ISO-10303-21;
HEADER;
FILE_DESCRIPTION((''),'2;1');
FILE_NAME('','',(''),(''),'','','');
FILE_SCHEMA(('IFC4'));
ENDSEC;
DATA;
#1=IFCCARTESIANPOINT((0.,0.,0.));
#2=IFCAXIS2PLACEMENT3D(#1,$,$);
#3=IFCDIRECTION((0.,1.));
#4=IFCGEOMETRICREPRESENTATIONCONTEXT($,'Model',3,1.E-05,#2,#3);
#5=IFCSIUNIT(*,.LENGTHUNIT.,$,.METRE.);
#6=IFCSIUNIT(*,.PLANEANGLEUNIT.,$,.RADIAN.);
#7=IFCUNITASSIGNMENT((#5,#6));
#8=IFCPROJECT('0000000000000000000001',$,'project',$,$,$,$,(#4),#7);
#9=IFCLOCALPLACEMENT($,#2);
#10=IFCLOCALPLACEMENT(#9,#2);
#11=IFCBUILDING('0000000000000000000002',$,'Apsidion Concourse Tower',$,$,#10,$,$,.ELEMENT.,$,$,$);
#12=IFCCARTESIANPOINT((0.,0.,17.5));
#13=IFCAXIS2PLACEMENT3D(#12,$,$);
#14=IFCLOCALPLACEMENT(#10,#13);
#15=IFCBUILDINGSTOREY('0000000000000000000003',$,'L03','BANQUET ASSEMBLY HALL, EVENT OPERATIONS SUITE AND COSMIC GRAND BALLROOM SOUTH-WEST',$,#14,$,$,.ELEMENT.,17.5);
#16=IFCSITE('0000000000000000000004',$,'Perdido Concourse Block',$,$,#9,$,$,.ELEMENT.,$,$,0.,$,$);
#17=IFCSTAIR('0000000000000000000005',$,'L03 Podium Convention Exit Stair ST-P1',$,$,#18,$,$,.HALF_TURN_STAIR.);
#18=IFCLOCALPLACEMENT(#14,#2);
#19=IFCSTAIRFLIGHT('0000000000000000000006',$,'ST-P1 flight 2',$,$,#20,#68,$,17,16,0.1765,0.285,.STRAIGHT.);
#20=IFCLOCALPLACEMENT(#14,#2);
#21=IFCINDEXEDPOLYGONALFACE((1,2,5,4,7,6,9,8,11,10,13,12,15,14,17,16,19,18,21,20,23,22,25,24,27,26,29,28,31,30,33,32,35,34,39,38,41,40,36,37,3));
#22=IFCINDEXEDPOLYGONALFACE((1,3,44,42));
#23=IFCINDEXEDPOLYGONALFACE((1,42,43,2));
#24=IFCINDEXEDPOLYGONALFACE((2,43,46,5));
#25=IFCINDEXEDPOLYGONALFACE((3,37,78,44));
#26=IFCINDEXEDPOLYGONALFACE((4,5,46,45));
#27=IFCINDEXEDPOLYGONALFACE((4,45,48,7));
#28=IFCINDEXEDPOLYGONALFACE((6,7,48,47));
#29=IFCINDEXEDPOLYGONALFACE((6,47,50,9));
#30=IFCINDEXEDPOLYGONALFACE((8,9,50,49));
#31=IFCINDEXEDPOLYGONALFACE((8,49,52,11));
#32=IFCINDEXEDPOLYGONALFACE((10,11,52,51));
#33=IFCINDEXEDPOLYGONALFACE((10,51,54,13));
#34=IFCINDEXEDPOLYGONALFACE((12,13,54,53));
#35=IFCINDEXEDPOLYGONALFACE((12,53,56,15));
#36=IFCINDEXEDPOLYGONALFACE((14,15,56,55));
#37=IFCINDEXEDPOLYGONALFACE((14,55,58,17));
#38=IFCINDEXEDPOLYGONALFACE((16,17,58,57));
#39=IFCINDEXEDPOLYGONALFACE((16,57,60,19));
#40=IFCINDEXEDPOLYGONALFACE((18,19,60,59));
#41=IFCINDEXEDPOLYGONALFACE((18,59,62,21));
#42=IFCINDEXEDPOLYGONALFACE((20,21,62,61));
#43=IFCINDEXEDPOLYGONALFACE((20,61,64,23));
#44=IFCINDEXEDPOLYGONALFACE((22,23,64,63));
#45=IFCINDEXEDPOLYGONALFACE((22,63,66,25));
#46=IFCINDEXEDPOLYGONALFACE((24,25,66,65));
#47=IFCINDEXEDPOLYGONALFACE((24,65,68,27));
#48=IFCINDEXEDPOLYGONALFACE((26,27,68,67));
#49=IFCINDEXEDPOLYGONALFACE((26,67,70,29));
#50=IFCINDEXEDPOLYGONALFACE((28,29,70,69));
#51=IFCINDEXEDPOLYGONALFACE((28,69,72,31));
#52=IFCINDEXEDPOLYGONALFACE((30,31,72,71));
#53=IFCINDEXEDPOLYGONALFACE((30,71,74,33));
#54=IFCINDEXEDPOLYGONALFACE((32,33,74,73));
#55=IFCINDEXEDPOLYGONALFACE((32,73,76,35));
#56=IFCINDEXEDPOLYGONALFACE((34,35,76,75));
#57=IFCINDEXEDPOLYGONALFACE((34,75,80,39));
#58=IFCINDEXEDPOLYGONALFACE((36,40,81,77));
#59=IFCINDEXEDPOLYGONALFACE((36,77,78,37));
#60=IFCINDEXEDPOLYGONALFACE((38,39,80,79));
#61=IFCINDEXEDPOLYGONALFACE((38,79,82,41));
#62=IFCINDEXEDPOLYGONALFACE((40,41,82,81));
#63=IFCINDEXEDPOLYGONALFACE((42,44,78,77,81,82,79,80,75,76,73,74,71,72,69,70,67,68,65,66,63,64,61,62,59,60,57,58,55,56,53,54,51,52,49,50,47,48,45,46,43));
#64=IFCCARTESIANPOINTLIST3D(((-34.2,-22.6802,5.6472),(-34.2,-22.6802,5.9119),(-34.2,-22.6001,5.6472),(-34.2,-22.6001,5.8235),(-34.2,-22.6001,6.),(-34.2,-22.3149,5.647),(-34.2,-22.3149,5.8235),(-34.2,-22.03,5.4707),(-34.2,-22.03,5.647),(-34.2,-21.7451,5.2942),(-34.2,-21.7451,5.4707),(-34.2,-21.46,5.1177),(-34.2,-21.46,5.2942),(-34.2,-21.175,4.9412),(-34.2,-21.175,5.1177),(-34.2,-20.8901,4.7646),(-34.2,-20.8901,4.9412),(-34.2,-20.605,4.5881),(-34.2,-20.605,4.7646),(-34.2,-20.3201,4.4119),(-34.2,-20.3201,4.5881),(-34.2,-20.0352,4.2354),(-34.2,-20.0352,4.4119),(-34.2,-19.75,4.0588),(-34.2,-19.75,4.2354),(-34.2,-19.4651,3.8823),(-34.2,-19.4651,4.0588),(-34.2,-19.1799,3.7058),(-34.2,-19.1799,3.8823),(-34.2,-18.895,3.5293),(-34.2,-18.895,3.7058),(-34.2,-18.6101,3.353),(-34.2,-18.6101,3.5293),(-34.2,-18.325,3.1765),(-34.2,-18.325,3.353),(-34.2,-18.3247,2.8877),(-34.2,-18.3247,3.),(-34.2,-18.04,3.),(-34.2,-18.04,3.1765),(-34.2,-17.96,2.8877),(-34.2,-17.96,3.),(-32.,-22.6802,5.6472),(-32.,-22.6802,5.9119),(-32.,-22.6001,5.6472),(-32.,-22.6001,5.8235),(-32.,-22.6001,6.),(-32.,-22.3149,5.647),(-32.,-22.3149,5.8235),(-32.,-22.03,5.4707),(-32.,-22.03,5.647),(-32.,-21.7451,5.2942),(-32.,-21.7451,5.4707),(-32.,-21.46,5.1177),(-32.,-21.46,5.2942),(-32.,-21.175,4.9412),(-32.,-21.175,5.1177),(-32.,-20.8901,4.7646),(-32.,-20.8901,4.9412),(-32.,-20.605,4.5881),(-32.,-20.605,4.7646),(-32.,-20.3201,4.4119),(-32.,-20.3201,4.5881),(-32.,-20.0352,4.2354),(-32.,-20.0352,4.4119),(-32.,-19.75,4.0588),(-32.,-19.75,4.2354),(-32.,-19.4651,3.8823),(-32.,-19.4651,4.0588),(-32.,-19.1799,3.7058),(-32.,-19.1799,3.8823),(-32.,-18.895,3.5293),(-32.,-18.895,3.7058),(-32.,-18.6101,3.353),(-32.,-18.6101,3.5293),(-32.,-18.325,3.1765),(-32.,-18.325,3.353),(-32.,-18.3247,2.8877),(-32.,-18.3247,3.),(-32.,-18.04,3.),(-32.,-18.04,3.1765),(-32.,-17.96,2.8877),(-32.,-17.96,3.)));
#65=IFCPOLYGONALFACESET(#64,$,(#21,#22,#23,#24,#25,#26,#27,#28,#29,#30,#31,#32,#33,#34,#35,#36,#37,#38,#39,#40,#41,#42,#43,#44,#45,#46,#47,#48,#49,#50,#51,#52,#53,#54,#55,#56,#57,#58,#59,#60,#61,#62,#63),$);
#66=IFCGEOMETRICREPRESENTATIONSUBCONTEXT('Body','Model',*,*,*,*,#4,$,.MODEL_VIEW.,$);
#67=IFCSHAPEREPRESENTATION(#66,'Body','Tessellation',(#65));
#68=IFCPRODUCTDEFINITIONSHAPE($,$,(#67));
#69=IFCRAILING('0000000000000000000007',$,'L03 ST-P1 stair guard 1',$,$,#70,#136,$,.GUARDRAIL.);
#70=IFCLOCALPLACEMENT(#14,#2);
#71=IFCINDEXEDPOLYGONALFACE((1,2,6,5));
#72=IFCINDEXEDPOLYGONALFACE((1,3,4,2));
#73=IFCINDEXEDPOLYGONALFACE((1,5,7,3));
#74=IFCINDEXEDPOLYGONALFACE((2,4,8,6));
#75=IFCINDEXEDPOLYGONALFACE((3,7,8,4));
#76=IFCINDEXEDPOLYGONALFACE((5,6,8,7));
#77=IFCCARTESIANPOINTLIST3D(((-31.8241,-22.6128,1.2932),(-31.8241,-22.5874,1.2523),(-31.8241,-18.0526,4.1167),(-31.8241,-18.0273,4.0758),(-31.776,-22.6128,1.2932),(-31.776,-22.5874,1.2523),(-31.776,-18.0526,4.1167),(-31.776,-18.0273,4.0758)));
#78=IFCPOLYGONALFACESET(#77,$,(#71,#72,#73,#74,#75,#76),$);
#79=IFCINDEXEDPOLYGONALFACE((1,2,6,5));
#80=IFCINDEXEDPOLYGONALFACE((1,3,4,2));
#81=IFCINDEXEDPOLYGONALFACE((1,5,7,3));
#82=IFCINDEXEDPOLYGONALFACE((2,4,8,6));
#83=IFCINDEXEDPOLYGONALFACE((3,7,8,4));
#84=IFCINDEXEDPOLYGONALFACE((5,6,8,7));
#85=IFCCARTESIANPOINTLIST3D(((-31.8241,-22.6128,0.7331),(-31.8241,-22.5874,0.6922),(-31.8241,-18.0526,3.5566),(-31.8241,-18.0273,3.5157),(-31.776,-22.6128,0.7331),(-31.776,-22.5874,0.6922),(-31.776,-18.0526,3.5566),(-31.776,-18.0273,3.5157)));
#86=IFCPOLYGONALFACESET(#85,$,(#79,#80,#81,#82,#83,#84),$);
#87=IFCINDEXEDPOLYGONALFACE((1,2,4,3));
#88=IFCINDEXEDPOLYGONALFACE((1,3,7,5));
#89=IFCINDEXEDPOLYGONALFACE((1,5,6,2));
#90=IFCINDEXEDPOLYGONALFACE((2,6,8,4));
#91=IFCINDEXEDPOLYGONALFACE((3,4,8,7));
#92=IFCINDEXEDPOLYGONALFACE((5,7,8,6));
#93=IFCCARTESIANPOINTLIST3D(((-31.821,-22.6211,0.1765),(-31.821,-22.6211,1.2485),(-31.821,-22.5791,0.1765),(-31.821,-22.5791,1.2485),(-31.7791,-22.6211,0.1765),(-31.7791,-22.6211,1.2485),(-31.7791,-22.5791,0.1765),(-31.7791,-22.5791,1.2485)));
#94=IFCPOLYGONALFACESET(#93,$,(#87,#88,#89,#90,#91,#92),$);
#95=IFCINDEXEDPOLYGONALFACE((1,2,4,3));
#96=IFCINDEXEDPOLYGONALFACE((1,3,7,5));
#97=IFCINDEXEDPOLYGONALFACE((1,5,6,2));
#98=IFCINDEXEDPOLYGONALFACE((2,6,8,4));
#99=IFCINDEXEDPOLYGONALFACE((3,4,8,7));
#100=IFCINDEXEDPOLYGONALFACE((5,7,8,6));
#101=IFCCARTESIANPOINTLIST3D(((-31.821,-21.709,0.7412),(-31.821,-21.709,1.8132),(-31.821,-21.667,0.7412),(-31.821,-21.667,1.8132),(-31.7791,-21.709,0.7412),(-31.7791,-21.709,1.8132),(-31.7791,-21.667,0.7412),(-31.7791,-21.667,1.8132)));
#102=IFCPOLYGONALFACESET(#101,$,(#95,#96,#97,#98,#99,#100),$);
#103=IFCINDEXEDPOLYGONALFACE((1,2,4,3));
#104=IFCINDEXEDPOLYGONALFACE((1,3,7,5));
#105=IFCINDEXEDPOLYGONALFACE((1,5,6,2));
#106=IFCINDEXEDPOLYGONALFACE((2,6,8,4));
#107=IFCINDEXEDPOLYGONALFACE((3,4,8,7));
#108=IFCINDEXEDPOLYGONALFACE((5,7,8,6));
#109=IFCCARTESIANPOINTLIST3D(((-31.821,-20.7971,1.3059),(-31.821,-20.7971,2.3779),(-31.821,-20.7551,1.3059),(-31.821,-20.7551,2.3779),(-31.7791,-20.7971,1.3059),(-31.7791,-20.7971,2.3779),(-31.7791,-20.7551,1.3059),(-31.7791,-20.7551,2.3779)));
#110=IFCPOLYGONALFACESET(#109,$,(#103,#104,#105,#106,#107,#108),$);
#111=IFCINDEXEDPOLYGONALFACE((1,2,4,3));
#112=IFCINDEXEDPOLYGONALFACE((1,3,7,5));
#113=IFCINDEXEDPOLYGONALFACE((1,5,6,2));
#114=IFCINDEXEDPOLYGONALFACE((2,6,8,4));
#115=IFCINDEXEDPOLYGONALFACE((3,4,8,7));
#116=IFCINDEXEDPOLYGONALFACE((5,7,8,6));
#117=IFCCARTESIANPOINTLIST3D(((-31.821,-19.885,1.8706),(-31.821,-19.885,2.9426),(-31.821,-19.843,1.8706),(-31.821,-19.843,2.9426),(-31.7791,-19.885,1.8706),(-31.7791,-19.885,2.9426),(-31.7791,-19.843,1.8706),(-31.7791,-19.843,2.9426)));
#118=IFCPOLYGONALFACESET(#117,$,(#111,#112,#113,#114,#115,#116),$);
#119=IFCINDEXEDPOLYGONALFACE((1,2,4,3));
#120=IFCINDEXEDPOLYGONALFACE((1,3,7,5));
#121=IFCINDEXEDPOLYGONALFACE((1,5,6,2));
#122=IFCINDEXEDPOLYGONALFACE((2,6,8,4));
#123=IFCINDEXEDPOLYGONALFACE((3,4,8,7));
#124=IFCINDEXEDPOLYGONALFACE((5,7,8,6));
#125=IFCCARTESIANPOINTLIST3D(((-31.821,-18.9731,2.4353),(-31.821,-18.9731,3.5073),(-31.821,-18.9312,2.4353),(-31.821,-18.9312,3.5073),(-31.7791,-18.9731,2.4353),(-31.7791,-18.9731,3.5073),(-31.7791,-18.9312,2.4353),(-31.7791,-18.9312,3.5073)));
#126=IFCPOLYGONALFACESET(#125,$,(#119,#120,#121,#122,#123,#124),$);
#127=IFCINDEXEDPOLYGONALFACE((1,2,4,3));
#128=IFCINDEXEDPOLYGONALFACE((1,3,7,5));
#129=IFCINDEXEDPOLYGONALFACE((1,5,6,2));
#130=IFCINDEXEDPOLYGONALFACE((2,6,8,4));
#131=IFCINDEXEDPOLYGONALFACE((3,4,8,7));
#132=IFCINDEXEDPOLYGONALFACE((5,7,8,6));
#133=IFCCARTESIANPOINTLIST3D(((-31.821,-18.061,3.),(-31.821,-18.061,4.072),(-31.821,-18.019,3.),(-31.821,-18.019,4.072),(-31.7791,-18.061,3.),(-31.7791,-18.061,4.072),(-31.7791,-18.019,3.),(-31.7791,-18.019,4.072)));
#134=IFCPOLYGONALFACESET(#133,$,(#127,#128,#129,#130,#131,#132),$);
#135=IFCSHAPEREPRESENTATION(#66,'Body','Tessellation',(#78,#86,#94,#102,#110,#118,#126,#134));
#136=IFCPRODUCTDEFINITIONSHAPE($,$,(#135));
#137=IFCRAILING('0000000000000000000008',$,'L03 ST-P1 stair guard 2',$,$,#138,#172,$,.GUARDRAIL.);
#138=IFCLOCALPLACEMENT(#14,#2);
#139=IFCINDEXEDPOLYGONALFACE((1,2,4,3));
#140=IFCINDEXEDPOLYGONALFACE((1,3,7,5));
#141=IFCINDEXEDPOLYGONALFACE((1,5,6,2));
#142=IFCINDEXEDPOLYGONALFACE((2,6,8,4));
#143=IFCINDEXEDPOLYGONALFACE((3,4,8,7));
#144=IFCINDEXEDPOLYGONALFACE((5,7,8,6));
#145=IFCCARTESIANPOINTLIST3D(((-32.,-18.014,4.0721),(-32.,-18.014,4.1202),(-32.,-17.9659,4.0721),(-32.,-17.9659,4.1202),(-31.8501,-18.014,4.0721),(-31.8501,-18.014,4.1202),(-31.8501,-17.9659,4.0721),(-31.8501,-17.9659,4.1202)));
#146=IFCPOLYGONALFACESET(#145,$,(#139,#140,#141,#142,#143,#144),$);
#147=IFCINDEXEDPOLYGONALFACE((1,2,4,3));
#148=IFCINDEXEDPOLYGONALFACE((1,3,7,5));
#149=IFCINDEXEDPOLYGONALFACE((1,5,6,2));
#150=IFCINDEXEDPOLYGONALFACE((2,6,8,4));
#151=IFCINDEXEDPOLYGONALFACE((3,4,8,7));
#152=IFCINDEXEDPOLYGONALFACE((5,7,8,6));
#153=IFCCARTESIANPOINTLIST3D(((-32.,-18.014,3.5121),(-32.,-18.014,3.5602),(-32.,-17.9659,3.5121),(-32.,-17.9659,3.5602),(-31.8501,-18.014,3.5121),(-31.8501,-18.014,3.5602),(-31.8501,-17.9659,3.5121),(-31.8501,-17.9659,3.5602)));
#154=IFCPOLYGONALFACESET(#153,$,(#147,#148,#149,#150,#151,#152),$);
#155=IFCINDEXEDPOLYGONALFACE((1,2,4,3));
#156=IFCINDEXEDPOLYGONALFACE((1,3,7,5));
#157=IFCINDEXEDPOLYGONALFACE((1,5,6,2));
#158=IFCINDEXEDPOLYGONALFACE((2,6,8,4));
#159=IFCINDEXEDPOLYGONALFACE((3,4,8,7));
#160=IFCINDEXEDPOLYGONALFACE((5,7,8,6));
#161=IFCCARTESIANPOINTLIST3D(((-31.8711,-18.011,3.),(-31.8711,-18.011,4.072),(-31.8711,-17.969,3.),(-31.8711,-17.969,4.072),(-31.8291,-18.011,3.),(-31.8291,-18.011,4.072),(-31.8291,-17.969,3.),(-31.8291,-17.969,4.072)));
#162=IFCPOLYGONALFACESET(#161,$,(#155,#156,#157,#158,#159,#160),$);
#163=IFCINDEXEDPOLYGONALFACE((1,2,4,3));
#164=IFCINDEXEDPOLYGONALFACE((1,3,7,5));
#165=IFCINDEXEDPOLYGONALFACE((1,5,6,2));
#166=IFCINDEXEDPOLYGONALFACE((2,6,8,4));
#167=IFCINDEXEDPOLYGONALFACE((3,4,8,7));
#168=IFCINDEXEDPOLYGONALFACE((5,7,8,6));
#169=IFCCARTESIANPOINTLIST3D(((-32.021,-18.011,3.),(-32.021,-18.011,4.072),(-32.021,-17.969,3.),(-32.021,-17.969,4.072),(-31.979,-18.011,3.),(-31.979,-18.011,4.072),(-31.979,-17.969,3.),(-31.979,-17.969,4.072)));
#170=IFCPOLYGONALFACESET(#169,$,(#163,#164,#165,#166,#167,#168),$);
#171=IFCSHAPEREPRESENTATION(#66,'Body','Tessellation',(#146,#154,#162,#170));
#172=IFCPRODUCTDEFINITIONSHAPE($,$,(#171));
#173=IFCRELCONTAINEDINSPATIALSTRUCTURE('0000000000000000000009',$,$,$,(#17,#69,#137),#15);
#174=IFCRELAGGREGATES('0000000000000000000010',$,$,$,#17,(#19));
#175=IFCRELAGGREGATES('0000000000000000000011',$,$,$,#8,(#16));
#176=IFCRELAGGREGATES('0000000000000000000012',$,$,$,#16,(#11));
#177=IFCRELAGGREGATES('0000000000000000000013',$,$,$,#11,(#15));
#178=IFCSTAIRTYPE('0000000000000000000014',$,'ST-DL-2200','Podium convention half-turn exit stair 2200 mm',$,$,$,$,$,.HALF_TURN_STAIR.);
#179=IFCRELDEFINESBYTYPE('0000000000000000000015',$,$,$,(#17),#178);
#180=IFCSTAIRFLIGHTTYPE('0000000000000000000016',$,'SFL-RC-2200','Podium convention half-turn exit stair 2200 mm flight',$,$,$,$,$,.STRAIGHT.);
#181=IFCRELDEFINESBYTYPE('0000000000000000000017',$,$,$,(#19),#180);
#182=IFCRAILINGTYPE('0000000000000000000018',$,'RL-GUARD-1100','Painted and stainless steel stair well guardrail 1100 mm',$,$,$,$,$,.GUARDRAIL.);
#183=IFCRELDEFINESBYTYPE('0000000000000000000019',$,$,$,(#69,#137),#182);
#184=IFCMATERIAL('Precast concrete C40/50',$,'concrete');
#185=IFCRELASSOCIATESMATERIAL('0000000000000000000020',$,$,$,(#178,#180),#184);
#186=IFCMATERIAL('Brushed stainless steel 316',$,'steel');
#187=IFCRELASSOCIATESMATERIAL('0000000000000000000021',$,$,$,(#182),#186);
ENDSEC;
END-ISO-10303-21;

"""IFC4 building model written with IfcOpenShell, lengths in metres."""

from ifc_helpers import new_model, si_unit, direction, frame, origin, origin_2d, place, context, subcontext, project, spatial, polyline, rectangle, outline, extrude, material, type_object, element, aggregate, save


model = new_model("IFC4")

# Units and contexts
model_context = context("Model", 3, precision=1e-05, world=origin(), true_north=direction((0.0, 1.0)))
body_context = subcontext(model_context, "Body", "Model", "MODEL_VIEW")
ifc_project = project(units=[si_unit("LENGTHUNIT", "METRE"), si_unit("PLANEANGLEUNIT", "RADIAN")], contexts=[model_context])

# Site, building, storey
site_placement = place(None, origin())
site = spatial("IfcSite", under=ifc_project, at=site_placement, Name="Perdido Concourse Block", CompositionType="ELEMENT", RefElevation=0.0)
building_placement = place(site_placement, origin())
building = spatial("IfcBuilding", under=site, at=building_placement, Name="Apsidion Concourse Tower", CompositionType="ELEMENT")
storey_placement = place(building_placement, frame((0.0, 0.0, 17.5)))
storey = spatial("IfcBuildingStorey", under=building, at=storey_placement, Name="L03", Description="BANQUET ASSEMBLY HALL, EVENT OPERATIONS SUITE AND COSMIC GRAND BALLROOM SOUTH-WEST", CompositionType="ELEMENT", Elevation=17.5)

# Shared definitions
ifc_material_1 = material(Name="Precast concrete C40/50", Category="concrete")

# Shared definitions
ifc_material_2 = material(Name="Brushed stainless steel 316", Category="steel")

# Stair, stair flight
stair_type = type_object("IfcStairType", Name="ST-DL-2200", Description="Podium convention half-turn exit stair 2200 mm", PredefinedType="HALF_TURN_STAIR", material=ifc_material_1)
stair_placement = place(storey_placement, origin())
stair = element("IfcStair", 1, at=stair_placement, inside=storey, type_object=stair_type, Name="L03 Podium Convention Exit Stair ST-P1", PredefinedType="HALF_TURN_STAIR")
stair_flight_type = type_object("IfcStairFlightType", Name="SFL-RC-2200", Description="Podium convention half-turn exit stair 2200 mm flight", PredefinedType="STRAIGHT", material=ifc_material_1)
stair_flight_1_placement = place(storey_placement, frame((-33.1001, -18.04, 3.0), z_axis=(0.0, 0.0, 1.0), x_axis=(0.0, -1.0, 0.0)))
stair_flight_1 = element("IfcStairFlight", 2, at=stair_flight_1_placement, type_object=stair_flight_type, Name="ST-P1 flight 2", NumberOfRisers=17, NumberOfTreads=16, PredefinedType="STRAIGHT", RiserHeight=0.1765, TreadLength=0.285, context=body_context, shape_type="SweptSolid", body=[
    extrude(outline(polyline([(-0.0801, -0.1123), (-0.0801, 0.0), (0.0, 0.0), (0.0, 0.1765), (0.2849, 0.1765), (0.2849, 0.353), (0.5701, 0.353), (0.5701, 0.5293), (0.855, 0.5293), (0.855, 0.7058), (1.1399, 0.7058), (1.1399, 0.8823), (1.425, 0.8823), (1.425, 1.0588), (1.71, 1.0588), (1.71, 1.2354), (1.9951, 1.2354), (1.9951, 1.4119), (2.28, 1.4119), (2.28, 1.5881), (2.5649, 1.5881), (2.5649, 1.7646), (2.8501, 1.7646), (2.8501, 1.9412), (3.135, 1.9412), (3.135, 2.1177), (3.4199, 2.1177), (3.4199, 2.2942), (3.7051, 2.2942), (3.7051, 2.4707), (3.99, 2.4707), (3.99, 2.647), (4.2749, 2.647), (4.2749, 2.8235), (4.5601, 2.8235), (4.5601, 3.0), (4.6401, 2.9119), (4.6401, 2.6472), (4.5601, 2.6472), (0.2847, 0.0), (0.2847, -0.1123), (-0.0801, -0.1123)])), frame((0.0, 1.1001, 0.0), z_axis=(0.0, -1.0, 0.0), x_axis=(1.0, 0.0, 0.0)), (0.0, 0.0, 1.0), 2.2),
])
aggregate(stair, [stair_flight_1])

# Railings
railing_type_1 = type_object("IfcRailingType", Name="RL-GUARD-1100", Description="Painted and stainless steel stair well guardrail 1100 mm", PredefinedType="GUARDRAIL", material=ifc_material_2)
railing_1_placement = place(storey_placement, frame((-31.8, -22.6001, 0.1765)))
element("IfcRailing", 3, at=railing_1_placement, inside=storey, type_object=railing_type_1, Name="L03 ST-P1 stair guard 1", PredefinedType="GUARDRAIL", context=body_context, shape_type="SweptSolid", body=[
    extrude(rectangle(XDim=0.0481, YDim=0.0481, at=origin_2d()), frame((0.0, 0.0, 1.0962), z_axis=(0.0, 0.850216, 0.526435), x_axis=(-1.0, 0.0, 0.0)), (0.0, 0.0, 1.0), 5.3635),
    extrude(rectangle(XDim=0.0481, YDim=0.0481, at=origin_2d()), frame((0.0, 0.0, 0.5361), z_axis=(0.0, 0.850216, 0.526435), x_axis=(-1.0, 0.0, 0.0)), (0.0, 0.0, 1.0), 5.3635),
    extrude(rectangle(XDim=0.042, YDim=0.042, at=origin_2d()), origin(), (0.0, 0.0, 1.0), 1.072),
    extrude(rectangle(XDim=0.042, YDim=0.042, at=origin_2d()), frame((0.0, 0.9121, 0.5647)), (0.0, 0.0, 1.0), 1.072),
    extrude(rectangle(XDim=0.042, YDim=0.042, at=origin_2d()), frame((0.0, 1.824, 1.1294)), (0.0, 0.0, 1.0), 1.072),
    extrude(rectangle(XDim=0.042, YDim=0.042, at=origin_2d()), frame((0.0, 2.7361, 1.6941)), (0.0, 0.0, 1.0), 1.072),
    extrude(rectangle(XDim=0.042, YDim=0.042, at=origin_2d()), frame((0.0, 3.6479, 2.2588)), (0.0, 0.0, 1.0), 1.072),
    extrude(rectangle(XDim=0.042, YDim=0.042, at=origin_2d()), frame((0.0, 4.5601, 2.8235)), (0.0, 0.0, 1.0), 1.072),
])
railing_2_placement = place(storey_placement, frame((-31.8501, -17.99, 3.0)))
element("IfcRailing", 4, at=railing_2_placement, inside=storey, type_object=railing_type_1, Name="L03 ST-P1 stair guard 2", PredefinedType="GUARDRAIL", context=body_context, shape_type="SweptSolid", body=[
    extrude(rectangle(XDim=0.0481, YDim=0.0481, at=origin_2d()), frame((0.0, 0.0, 1.0962), z_axis=(-1.0, 0.0, 0.0), x_axis=(0.0, -1.0, 0.0)), (0.0, 0.0, 1.0), 0.1499),
    extrude(rectangle(XDim=0.0481, YDim=0.0481, at=origin_2d()), frame((0.0, 0.0, 0.5361), z_axis=(-1.0, 0.0, 0.0), x_axis=(0.0, -1.0, 0.0)), (0.0, 0.0, 1.0), 0.1499),
    extrude(rectangle(XDim=0.042, YDim=0.042, at=origin_2d()), origin(), (0.0, 0.0, 1.0), 1.072),
    extrude(rectangle(XDim=0.042, YDim=0.042, at=origin_2d()), frame((-0.1499, 0.0, 0.0)), (0.0, 0.0, 1.0), 1.072),
])

save(model, "model.ifc")
